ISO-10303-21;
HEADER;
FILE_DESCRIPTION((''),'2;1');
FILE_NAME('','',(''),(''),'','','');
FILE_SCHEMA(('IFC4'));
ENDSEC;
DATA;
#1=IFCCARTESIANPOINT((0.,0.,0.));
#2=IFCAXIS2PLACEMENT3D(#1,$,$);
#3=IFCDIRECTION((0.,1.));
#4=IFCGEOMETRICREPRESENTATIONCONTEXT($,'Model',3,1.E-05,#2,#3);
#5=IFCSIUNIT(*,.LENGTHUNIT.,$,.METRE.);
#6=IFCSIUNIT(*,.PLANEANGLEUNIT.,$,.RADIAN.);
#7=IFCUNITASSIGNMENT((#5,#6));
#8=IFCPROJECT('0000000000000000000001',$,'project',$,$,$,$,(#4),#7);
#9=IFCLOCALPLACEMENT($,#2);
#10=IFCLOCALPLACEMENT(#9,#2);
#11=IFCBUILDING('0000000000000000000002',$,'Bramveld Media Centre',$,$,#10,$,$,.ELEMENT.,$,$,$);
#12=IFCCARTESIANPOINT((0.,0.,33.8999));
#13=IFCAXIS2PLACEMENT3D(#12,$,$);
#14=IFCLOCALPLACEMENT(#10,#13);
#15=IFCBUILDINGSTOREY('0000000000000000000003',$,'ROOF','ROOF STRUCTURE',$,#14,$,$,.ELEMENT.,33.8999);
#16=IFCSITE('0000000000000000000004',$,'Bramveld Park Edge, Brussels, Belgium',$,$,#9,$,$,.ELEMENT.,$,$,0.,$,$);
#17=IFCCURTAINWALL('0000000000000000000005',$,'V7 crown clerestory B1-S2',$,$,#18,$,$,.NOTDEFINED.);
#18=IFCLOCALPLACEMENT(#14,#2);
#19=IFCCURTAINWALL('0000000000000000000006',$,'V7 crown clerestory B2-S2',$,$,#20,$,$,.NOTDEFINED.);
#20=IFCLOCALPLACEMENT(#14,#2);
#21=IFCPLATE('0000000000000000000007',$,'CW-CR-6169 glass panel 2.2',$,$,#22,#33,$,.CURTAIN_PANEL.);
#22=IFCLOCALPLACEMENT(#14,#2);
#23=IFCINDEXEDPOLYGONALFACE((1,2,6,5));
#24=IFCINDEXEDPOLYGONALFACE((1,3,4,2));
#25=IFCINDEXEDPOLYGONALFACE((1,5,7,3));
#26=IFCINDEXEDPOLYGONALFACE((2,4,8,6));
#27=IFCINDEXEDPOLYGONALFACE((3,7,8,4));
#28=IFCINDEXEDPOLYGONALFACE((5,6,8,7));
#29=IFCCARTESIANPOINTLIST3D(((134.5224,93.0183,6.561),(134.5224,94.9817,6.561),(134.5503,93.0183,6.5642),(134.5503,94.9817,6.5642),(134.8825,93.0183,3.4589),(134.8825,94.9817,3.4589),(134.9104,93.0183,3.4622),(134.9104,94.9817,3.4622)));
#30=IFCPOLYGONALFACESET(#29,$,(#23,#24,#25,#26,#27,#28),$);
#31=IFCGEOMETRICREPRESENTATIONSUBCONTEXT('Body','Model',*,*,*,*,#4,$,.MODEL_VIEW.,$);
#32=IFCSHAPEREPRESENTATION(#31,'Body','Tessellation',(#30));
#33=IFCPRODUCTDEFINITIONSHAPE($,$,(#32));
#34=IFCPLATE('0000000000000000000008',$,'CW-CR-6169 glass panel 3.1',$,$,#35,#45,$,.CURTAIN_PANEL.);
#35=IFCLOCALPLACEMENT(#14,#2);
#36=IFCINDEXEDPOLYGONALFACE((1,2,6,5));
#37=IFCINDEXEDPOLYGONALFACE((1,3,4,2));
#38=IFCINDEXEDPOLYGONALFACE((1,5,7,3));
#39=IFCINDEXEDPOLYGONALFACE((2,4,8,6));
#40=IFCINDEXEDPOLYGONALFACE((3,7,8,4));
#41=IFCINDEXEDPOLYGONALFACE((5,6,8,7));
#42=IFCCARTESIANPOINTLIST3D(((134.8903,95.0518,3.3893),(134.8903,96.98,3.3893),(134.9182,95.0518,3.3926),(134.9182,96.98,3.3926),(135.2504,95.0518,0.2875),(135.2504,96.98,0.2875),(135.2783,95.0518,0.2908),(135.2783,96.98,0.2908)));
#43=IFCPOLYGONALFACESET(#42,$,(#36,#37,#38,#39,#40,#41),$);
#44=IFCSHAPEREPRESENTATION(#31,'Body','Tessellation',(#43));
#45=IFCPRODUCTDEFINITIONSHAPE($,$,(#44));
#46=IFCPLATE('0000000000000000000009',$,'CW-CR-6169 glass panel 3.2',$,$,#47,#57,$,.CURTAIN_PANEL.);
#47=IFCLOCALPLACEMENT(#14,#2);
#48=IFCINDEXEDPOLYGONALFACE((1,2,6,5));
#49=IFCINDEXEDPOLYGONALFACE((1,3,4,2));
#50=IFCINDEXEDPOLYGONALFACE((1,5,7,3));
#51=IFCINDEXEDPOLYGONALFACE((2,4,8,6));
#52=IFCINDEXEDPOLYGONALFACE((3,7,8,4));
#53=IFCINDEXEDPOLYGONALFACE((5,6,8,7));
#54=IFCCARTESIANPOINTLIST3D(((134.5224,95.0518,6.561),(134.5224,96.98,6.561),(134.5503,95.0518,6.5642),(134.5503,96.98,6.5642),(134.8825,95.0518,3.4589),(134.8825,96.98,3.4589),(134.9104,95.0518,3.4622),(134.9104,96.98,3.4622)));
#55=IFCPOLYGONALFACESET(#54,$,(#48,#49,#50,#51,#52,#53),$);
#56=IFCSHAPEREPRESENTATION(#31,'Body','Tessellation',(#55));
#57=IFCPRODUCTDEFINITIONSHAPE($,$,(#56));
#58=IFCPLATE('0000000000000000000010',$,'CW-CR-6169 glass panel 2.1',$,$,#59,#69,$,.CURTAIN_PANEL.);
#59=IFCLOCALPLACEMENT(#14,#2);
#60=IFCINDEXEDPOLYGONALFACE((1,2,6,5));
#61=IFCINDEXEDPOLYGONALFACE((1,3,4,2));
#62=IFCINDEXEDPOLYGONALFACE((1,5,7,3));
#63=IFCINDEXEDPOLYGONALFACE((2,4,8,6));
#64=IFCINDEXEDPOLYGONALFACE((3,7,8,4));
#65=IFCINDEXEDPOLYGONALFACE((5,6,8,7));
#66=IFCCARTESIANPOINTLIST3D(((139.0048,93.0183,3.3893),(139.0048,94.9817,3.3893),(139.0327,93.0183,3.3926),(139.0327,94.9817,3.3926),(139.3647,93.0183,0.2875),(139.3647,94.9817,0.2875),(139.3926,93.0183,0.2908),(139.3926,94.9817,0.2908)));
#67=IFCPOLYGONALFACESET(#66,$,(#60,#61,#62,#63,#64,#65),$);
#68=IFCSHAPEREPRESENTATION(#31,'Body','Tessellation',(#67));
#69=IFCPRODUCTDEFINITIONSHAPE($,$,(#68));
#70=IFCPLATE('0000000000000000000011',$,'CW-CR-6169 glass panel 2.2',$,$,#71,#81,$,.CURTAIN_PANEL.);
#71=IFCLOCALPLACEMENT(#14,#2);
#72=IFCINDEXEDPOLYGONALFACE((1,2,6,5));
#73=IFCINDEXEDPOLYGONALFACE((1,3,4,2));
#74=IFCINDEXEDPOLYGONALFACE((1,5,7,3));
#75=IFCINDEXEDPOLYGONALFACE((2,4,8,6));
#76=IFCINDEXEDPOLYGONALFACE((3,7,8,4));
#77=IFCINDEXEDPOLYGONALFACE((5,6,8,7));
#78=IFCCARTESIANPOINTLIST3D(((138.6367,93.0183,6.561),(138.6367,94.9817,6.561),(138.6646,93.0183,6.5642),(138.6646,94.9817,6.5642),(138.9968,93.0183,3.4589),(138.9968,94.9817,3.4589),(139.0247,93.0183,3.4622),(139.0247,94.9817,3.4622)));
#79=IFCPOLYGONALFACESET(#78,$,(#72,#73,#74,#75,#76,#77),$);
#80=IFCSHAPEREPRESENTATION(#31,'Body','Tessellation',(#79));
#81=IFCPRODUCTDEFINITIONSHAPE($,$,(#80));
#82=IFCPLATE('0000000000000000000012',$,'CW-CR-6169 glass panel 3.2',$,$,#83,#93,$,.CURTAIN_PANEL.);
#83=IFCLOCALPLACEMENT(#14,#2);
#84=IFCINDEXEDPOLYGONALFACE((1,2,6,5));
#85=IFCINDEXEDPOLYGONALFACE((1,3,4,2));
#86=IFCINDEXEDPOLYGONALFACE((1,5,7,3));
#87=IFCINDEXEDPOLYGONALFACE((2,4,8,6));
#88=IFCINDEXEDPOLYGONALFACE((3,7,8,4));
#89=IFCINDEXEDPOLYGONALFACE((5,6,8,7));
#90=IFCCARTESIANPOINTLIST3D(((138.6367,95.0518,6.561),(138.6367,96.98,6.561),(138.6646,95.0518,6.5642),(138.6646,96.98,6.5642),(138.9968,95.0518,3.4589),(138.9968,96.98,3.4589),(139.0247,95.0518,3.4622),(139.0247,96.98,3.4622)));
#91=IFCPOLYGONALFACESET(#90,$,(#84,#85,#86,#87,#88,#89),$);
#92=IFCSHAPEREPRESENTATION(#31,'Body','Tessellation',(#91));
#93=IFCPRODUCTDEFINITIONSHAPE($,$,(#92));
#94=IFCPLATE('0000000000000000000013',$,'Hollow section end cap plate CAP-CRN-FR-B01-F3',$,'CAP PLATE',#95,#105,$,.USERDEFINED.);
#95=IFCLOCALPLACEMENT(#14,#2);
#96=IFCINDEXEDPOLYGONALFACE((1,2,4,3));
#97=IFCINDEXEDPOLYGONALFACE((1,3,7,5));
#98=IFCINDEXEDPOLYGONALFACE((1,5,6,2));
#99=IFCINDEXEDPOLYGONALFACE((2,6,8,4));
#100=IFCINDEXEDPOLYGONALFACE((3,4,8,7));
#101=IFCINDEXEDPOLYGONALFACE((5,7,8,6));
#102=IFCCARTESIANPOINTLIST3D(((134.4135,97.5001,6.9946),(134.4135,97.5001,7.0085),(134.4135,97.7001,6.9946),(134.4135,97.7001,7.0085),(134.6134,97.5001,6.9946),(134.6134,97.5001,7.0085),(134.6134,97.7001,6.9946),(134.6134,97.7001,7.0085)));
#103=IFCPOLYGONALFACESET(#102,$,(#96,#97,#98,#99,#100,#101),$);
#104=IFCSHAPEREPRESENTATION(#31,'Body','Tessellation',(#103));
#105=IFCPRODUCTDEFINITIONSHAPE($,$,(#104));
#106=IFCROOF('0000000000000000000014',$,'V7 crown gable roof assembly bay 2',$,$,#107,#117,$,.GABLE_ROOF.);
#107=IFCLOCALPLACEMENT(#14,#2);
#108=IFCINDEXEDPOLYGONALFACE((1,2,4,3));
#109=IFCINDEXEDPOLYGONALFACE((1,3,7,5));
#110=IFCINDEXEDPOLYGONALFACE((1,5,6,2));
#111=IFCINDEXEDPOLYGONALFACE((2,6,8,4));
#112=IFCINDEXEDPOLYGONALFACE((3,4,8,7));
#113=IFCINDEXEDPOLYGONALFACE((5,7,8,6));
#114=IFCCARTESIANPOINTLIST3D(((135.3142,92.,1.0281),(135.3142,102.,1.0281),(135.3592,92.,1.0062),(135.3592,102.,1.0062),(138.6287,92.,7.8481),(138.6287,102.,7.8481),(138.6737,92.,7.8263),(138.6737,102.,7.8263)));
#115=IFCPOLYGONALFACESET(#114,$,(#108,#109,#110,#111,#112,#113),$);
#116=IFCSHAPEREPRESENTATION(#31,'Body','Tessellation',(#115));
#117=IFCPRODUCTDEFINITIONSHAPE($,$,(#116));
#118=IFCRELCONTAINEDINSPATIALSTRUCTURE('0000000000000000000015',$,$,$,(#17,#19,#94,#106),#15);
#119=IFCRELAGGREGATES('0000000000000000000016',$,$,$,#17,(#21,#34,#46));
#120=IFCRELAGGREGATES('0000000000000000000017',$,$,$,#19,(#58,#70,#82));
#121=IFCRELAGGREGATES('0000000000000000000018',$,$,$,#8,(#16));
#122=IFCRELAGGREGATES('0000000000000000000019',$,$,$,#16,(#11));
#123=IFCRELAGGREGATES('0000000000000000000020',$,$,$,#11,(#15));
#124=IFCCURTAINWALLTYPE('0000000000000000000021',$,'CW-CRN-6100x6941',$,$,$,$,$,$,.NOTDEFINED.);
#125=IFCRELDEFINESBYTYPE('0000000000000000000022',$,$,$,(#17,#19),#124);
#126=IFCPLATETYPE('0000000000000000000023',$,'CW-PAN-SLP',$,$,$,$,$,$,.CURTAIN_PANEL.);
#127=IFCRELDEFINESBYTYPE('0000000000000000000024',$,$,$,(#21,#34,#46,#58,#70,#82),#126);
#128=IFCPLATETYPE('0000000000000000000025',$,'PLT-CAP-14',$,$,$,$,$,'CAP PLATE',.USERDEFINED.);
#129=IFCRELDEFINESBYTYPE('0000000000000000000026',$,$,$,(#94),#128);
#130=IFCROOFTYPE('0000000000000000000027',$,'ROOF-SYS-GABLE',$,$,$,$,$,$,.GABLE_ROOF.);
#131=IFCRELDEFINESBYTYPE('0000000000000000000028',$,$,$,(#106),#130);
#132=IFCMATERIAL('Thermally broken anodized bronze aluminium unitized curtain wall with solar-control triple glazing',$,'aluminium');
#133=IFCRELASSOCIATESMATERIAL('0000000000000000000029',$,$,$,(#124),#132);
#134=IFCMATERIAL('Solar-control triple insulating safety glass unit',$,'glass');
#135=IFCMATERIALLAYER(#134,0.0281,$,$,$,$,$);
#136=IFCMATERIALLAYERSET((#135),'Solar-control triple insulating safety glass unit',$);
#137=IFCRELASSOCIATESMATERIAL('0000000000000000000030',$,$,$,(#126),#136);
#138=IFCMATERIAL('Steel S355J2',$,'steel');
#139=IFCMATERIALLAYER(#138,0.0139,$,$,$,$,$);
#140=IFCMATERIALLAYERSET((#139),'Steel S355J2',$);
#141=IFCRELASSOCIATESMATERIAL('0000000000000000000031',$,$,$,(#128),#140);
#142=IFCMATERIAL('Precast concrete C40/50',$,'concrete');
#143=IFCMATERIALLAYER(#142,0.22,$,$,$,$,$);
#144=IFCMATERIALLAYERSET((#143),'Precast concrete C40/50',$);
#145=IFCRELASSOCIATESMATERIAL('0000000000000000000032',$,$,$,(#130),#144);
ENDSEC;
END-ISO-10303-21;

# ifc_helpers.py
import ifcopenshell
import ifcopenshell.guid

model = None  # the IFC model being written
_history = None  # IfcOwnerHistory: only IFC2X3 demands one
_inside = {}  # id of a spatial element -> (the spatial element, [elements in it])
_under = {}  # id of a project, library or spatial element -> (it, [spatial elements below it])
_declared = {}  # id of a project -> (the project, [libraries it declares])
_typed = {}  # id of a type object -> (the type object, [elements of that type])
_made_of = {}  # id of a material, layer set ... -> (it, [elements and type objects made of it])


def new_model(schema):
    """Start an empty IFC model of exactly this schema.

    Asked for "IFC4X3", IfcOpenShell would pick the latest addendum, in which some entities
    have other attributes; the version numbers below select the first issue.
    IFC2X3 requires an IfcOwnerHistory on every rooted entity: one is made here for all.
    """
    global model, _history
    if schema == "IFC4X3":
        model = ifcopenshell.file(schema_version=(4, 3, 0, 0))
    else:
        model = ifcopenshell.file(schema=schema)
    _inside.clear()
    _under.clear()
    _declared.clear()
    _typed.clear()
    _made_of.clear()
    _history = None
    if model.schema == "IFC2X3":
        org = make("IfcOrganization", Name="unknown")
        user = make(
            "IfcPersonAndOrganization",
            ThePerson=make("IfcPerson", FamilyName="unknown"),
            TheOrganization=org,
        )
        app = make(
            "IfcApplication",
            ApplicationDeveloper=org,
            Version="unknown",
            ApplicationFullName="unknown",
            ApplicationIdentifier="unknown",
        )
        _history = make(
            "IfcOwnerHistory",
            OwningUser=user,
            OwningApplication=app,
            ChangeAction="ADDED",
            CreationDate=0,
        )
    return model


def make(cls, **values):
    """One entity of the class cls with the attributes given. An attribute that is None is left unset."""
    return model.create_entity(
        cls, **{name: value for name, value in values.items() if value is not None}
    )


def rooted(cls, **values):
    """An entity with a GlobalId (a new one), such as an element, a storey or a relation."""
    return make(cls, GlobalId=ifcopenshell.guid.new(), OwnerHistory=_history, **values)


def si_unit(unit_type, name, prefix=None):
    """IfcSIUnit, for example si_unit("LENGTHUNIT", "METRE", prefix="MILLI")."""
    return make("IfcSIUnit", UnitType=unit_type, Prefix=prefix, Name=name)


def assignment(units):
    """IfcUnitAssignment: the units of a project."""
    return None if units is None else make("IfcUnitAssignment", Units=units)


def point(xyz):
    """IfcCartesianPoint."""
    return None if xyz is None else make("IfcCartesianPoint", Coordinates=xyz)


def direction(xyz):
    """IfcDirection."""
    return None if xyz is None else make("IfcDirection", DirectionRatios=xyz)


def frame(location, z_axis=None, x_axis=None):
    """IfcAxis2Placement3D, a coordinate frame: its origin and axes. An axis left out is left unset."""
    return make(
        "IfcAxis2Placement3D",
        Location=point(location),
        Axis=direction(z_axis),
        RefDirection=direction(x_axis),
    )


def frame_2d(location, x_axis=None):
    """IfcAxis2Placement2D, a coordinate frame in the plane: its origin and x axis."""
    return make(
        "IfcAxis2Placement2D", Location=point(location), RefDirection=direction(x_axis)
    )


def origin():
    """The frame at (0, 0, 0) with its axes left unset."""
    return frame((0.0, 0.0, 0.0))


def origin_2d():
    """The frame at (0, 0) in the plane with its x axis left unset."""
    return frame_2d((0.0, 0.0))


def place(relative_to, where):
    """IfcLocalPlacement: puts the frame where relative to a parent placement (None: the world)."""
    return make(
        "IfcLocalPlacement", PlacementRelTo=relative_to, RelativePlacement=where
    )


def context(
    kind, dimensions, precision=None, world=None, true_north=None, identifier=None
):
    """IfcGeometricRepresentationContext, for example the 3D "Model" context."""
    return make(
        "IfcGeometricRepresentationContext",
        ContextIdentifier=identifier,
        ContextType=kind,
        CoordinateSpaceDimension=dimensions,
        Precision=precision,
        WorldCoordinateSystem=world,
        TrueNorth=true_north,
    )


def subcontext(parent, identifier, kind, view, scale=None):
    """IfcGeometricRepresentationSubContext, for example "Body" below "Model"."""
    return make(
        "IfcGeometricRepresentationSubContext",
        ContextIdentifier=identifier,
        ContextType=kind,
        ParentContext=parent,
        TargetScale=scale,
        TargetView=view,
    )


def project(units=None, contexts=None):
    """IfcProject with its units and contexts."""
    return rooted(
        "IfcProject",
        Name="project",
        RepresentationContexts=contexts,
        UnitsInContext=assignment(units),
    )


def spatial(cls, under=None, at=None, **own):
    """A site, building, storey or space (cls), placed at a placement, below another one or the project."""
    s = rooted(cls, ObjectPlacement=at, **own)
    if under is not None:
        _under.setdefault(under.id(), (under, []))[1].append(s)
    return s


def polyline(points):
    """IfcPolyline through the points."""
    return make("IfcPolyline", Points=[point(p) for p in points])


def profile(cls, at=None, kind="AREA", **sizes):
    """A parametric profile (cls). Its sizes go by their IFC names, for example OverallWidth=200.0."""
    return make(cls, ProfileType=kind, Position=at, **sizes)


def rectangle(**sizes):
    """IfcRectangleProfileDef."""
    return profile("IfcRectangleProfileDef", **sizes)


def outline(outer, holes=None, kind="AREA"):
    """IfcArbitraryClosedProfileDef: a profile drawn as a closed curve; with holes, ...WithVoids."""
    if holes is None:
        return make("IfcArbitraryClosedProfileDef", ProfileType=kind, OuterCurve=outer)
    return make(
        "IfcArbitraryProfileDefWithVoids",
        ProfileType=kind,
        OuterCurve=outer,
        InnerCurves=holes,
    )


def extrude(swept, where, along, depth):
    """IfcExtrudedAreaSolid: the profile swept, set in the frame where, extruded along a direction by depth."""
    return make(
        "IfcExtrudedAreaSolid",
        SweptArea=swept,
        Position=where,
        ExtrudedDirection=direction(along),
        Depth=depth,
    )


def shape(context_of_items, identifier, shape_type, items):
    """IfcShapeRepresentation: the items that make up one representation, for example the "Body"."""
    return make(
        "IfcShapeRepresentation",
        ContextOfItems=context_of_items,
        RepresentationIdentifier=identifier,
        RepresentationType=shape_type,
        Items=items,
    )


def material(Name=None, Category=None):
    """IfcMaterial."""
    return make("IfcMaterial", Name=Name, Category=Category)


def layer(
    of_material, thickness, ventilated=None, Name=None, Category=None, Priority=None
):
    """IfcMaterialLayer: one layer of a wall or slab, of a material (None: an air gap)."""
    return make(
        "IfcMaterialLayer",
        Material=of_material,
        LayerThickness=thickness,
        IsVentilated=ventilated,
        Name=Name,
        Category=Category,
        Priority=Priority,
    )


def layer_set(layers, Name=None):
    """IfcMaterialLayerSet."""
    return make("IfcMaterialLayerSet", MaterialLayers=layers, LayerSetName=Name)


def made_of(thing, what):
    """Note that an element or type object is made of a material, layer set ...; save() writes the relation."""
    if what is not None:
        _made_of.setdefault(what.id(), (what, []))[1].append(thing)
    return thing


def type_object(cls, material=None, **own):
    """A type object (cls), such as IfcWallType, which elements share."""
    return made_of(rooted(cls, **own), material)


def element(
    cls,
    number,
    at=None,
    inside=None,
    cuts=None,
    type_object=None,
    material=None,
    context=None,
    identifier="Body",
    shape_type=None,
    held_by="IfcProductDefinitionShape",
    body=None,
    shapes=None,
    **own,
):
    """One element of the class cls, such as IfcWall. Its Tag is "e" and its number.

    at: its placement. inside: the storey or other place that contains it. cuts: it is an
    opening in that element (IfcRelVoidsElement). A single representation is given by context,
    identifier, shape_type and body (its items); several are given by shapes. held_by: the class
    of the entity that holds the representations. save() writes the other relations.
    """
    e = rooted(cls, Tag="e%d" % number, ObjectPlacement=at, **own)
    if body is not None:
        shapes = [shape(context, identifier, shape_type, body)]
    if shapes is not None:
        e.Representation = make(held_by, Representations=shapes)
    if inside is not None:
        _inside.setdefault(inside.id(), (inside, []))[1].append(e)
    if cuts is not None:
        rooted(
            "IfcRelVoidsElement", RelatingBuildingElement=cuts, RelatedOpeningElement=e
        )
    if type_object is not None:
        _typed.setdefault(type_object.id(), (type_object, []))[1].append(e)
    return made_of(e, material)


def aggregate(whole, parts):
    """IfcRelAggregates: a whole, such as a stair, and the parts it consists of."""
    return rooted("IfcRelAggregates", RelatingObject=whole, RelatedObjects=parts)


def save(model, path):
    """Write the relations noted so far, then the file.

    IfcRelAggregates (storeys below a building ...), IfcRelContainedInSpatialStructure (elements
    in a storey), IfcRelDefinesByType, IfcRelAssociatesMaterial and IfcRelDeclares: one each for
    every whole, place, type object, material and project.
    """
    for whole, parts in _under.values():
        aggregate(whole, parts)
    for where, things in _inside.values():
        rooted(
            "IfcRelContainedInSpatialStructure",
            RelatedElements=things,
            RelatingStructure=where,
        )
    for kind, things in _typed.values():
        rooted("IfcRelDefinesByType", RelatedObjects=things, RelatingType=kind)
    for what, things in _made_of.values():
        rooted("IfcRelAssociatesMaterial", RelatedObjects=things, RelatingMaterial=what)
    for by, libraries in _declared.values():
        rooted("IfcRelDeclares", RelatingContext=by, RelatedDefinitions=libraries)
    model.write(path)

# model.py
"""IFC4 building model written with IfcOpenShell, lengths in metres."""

from ifc_helpers import new_model, si_unit, direction, frame, origin, origin_2d, place, context, subcontext, project, spatial, polyline, rectangle, outline, extrude, material, layer, layer_set, type_object, element, aggregate, save


model = new_model("IFC4")

# Units and contexts
model_context = context("Model", 3, precision=1e-05, world=origin(), true_north=direction((0.0, 1.0)))
body_context = subcontext(model_context, "Body", "Model", "MODEL_VIEW")
ifc_project = project(units=[si_unit("LENGTHUNIT", "METRE"), si_unit("PLANEANGLEUNIT", "RADIAN")], contexts=[model_context])

# Site, building, storey
site_placement = place(None, origin())
site = spatial("IfcSite", under=ifc_project, at=site_placement, Name="Bramveld Park Edge, Brussels, Belgium", CompositionType="ELEMENT", RefElevation=0.0)
building_placement = place(site_placement, origin())
building = spatial("IfcBuilding", under=site, at=building_placement, Name="Bramveld Media Centre", CompositionType="ELEMENT")
storey_placement = place(building_placement, frame((0.0, 0.0, 33.8999)))
storey = spatial("IfcBuildingStorey", under=building, at=storey_placement, Name="ROOF", Description="ROOF STRUCTURE", CompositionType="ELEMENT", Elevation=33.8999)

# Curtain walls
ifc_material_1 = material(Name="Thermally broken anodized bronze aluminium unitized curtain wall with solar-control triple glazing", Category="aluminium")
curtain_wall_type = type_object("IfcCurtainWallType", Name="CW-CRN-6100x6941", PredefinedType="NOTDEFINED", material=ifc_material_1)
curtain_wall_1_placement = place(storey_placement, origin())
curtain_wall_1 = element("IfcCurtainWall", 1, at=curtain_wall_1_placement, inside=storey, type_object=curtain_wall_type, Name="V7 crown clerestory B1-S2", PredefinedType="NOTDEFINED")
curtain_wall_2_placement = place(storey_placement, origin())
curtain_wall_2 = element("IfcCurtainWall", 2, at=curtain_wall_2_placement, inside=storey, type_object=curtain_wall_type, Name="V7 crown clerestory B2-S2", PredefinedType="NOTDEFINED")

# Plates
ifc_material_2 = material(Name="Solar-control triple insulating safety glass unit", Category="glass")
ifc_layer_1 = layer(ifc_material_2, 0.0281)
ifc_layer_set_1 = layer_set([ifc_layer_1], Name="Solar-control triple insulating safety glass unit")
plate_type_1 = type_object("IfcPlateType", Name="CW-PAN-SLP", PredefinedType="CURTAIN_PANEL", material=ifc_layer_set_1)
plate_1_placement = place(storey_placement, frame((134.9104, 93.0183, 3.4622), z_axis=(0.993329, 0.0, 0.115313), x_axis=(0.0, 1.0, 0.0)))
plate_1 = element("IfcPlate", 3, at=plate_1_placement, type_object=plate_type_1, Name="CW-CR-6169 glass panel 2.2", PredefinedType="CURTAIN_PANEL", context=body_context, shape_type="SweptSolid", body=[
    extrude(outline(polyline([(0.0, 0.0), (1.9634, 0.0), (1.9634, 3.1229), (0.0, 3.1229), (0.0, 0.0)])), origin(), (0.0, 0.0, -1.0), 0.0281),
])
plate_2_placement = place(storey_placement, frame((135.2783, 95.0518, 0.2908), z_axis=(0.993328, 0.0, 0.115321), x_axis=(0.0, 1.0, 0.0)))
plate_2 = element("IfcPlate", 4, at=plate_2_placement, type_object=plate_type_1, Name="CW-CR-6169 glass panel 3.1", PredefinedType="CURTAIN_PANEL", context=body_context, shape_type="SweptSolid", body=[
    extrude(outline(polyline([(0.0, 0.0), (1.9282, 0.0), (1.9282, 3.1226), (0.0, 3.1226), (0.0, 0.0)])), origin(), (0.0, 0.0, -1.0), 0.0281),
])
plate_3_placement = place(storey_placement, frame((134.9104, 95.0518, 3.4622), z_axis=(0.993329, 0.0, 0.115313), x_axis=(0.0, 1.0, 0.0)))
plate_3 = element("IfcPlate", 5, at=plate_3_placement, type_object=plate_type_1, Name="CW-CR-6169 glass panel 3.2", PredefinedType="CURTAIN_PANEL", context=body_context, shape_type="SweptSolid", body=[
    extrude(outline(polyline([(0.0, 0.0), (1.9282, 0.0), (1.9282, 3.1229), (0.0, 3.1229), (0.0, 0.0)])), origin(), (0.0, 0.0, -1.0), 0.0281),
])
aggregate(curtain_wall_1, [plate_1, plate_2, plate_3])
plate_4_placement = place(storey_placement, frame((139.3926, 93.0183, 0.2908), z_axis=(0.993337, 0.0, 0.115244), x_axis=(0.0, 1.0, 0.0)))
plate_4 = element("IfcPlate", 6, at=plate_4_placement, type_object=plate_type_1, Name="CW-CR-6169 glass panel 2.1", PredefinedType="CURTAIN_PANEL", context=body_context, shape_type="SweptSolid", body=[
    extrude(outline(polyline([(0.0, 0.0), (1.9634, 0.0), (1.9634, 3.1226), (0.0, 3.1226), (0.0, 0.0)])), origin(), (0.0, 0.0, -1.0), 0.0281),
])
plate_5_placement = place(storey_placement, frame((139.0247, 93.0183, 3.4622), z_axis=(0.993329, 0.0, 0.115313), x_axis=(0.0, 1.0, 0.0)))
plate_5 = element("IfcPlate", 7, at=plate_5_placement, type_object=plate_type_1, Name="CW-CR-6169 glass panel 2.2", PredefinedType="CURTAIN_PANEL", context=body_context, shape_type="SweptSolid", body=[
    extrude(outline(polyline([(0.0, 0.0), (1.9634, 0.0), (1.9634, 3.1229), (0.0, 3.1229), (0.0, 0.0)])), origin(), (0.0, 0.0, -1.0), 0.0281),
])
plate_6_placement = place(storey_placement, frame((139.0247, 95.0518, 3.4622), z_axis=(0.993329, 0.0, 0.115313), x_axis=(0.0, 1.0, 0.0)))
plate_6 = element("IfcPlate", 8, at=plate_6_placement, type_object=plate_type_1, Name="CW-CR-6169 glass panel 3.2", PredefinedType="CURTAIN_PANEL", context=body_context, shape_type="SweptSolid", body=[
    extrude(outline(polyline([(0.0, 0.0), (1.9282, 0.0), (1.9282, 3.1229), (0.0, 3.1229), (0.0, 0.0)])), origin(), (0.0, 0.0, -1.0), 0.0281),
])
aggregate(curtain_wall_2, [plate_4, plate_5, plate_6])
ifc_material_3 = material(Name="Steel S355J2", Category="steel")
ifc_layer_2 = layer(ifc_material_3, 0.0139)
ifc_layer_set_2 = layer_set([ifc_layer_2], Name="Steel S355J2")
plate_type_2 = type_object("IfcPlateType", Name="PLT-CAP-14", ElementType="CAP PLATE", PredefinedType="USERDEFINED", material=ifc_layer_set_2)
plate_7_placement = place(storey_placement, frame((134.5134, 97.6001, 6.9946), z_axis=(0.0, 0.0, 1.0), x_axis=(1.0, 0.0, 0.0)))
element("IfcPlate", 9, at=plate_7_placement, inside=storey, type_object=plate_type_2, Name="Hollow section end cap plate CAP-CRN-FR-B01-F3", ObjectType="CAP PLATE", PredefinedType="USERDEFINED", context=body_context, shape_type="SweptSolid", body=[
    extrude(rectangle(XDim=0.2, YDim=0.2, at=origin_2d()), origin(), (0.0, 0.0, 1.0), 0.0139),
])

# Roof
ifc_material_4 = material(Name="Precast concrete C40/50", Category="concrete")
ifc_layer_3 = layer(ifc_material_4, 0.22)
ifc_layer_set_3 = layer_set([ifc_layer_3], Name="Precast concrete C40/50")
roof_type = type_object("IfcRoofType", Name="ROOF-SYS-GABLE", PredefinedType="GABLE_ROOF", material=ifc_layer_set_3)
roof_placement = place(storey_placement, frame((135.3142, 92.0, 1.0281), z_axis=(-0.899412, 0.0, 0.437101), x_axis=(0.437101, 0.0, 0.899412)))
element("IfcRoof", 10, at=roof_placement, inside=storey, type_object=roof_type, Name="V7 crown gable roof assembly bay 2", PredefinedType="GABLE_ROOF", context=body_context, shape_type="SweptSolid", body=[
    extrude(outline(polyline([(0.0, 0.0), (7.5828, 0.0), (7.5828, 10.0), (0.0, 10.0), (0.0, 0.0)])), origin(), (0.0, 0.0, -1.0), 0.05),
])

save(model, "model.ifc")
